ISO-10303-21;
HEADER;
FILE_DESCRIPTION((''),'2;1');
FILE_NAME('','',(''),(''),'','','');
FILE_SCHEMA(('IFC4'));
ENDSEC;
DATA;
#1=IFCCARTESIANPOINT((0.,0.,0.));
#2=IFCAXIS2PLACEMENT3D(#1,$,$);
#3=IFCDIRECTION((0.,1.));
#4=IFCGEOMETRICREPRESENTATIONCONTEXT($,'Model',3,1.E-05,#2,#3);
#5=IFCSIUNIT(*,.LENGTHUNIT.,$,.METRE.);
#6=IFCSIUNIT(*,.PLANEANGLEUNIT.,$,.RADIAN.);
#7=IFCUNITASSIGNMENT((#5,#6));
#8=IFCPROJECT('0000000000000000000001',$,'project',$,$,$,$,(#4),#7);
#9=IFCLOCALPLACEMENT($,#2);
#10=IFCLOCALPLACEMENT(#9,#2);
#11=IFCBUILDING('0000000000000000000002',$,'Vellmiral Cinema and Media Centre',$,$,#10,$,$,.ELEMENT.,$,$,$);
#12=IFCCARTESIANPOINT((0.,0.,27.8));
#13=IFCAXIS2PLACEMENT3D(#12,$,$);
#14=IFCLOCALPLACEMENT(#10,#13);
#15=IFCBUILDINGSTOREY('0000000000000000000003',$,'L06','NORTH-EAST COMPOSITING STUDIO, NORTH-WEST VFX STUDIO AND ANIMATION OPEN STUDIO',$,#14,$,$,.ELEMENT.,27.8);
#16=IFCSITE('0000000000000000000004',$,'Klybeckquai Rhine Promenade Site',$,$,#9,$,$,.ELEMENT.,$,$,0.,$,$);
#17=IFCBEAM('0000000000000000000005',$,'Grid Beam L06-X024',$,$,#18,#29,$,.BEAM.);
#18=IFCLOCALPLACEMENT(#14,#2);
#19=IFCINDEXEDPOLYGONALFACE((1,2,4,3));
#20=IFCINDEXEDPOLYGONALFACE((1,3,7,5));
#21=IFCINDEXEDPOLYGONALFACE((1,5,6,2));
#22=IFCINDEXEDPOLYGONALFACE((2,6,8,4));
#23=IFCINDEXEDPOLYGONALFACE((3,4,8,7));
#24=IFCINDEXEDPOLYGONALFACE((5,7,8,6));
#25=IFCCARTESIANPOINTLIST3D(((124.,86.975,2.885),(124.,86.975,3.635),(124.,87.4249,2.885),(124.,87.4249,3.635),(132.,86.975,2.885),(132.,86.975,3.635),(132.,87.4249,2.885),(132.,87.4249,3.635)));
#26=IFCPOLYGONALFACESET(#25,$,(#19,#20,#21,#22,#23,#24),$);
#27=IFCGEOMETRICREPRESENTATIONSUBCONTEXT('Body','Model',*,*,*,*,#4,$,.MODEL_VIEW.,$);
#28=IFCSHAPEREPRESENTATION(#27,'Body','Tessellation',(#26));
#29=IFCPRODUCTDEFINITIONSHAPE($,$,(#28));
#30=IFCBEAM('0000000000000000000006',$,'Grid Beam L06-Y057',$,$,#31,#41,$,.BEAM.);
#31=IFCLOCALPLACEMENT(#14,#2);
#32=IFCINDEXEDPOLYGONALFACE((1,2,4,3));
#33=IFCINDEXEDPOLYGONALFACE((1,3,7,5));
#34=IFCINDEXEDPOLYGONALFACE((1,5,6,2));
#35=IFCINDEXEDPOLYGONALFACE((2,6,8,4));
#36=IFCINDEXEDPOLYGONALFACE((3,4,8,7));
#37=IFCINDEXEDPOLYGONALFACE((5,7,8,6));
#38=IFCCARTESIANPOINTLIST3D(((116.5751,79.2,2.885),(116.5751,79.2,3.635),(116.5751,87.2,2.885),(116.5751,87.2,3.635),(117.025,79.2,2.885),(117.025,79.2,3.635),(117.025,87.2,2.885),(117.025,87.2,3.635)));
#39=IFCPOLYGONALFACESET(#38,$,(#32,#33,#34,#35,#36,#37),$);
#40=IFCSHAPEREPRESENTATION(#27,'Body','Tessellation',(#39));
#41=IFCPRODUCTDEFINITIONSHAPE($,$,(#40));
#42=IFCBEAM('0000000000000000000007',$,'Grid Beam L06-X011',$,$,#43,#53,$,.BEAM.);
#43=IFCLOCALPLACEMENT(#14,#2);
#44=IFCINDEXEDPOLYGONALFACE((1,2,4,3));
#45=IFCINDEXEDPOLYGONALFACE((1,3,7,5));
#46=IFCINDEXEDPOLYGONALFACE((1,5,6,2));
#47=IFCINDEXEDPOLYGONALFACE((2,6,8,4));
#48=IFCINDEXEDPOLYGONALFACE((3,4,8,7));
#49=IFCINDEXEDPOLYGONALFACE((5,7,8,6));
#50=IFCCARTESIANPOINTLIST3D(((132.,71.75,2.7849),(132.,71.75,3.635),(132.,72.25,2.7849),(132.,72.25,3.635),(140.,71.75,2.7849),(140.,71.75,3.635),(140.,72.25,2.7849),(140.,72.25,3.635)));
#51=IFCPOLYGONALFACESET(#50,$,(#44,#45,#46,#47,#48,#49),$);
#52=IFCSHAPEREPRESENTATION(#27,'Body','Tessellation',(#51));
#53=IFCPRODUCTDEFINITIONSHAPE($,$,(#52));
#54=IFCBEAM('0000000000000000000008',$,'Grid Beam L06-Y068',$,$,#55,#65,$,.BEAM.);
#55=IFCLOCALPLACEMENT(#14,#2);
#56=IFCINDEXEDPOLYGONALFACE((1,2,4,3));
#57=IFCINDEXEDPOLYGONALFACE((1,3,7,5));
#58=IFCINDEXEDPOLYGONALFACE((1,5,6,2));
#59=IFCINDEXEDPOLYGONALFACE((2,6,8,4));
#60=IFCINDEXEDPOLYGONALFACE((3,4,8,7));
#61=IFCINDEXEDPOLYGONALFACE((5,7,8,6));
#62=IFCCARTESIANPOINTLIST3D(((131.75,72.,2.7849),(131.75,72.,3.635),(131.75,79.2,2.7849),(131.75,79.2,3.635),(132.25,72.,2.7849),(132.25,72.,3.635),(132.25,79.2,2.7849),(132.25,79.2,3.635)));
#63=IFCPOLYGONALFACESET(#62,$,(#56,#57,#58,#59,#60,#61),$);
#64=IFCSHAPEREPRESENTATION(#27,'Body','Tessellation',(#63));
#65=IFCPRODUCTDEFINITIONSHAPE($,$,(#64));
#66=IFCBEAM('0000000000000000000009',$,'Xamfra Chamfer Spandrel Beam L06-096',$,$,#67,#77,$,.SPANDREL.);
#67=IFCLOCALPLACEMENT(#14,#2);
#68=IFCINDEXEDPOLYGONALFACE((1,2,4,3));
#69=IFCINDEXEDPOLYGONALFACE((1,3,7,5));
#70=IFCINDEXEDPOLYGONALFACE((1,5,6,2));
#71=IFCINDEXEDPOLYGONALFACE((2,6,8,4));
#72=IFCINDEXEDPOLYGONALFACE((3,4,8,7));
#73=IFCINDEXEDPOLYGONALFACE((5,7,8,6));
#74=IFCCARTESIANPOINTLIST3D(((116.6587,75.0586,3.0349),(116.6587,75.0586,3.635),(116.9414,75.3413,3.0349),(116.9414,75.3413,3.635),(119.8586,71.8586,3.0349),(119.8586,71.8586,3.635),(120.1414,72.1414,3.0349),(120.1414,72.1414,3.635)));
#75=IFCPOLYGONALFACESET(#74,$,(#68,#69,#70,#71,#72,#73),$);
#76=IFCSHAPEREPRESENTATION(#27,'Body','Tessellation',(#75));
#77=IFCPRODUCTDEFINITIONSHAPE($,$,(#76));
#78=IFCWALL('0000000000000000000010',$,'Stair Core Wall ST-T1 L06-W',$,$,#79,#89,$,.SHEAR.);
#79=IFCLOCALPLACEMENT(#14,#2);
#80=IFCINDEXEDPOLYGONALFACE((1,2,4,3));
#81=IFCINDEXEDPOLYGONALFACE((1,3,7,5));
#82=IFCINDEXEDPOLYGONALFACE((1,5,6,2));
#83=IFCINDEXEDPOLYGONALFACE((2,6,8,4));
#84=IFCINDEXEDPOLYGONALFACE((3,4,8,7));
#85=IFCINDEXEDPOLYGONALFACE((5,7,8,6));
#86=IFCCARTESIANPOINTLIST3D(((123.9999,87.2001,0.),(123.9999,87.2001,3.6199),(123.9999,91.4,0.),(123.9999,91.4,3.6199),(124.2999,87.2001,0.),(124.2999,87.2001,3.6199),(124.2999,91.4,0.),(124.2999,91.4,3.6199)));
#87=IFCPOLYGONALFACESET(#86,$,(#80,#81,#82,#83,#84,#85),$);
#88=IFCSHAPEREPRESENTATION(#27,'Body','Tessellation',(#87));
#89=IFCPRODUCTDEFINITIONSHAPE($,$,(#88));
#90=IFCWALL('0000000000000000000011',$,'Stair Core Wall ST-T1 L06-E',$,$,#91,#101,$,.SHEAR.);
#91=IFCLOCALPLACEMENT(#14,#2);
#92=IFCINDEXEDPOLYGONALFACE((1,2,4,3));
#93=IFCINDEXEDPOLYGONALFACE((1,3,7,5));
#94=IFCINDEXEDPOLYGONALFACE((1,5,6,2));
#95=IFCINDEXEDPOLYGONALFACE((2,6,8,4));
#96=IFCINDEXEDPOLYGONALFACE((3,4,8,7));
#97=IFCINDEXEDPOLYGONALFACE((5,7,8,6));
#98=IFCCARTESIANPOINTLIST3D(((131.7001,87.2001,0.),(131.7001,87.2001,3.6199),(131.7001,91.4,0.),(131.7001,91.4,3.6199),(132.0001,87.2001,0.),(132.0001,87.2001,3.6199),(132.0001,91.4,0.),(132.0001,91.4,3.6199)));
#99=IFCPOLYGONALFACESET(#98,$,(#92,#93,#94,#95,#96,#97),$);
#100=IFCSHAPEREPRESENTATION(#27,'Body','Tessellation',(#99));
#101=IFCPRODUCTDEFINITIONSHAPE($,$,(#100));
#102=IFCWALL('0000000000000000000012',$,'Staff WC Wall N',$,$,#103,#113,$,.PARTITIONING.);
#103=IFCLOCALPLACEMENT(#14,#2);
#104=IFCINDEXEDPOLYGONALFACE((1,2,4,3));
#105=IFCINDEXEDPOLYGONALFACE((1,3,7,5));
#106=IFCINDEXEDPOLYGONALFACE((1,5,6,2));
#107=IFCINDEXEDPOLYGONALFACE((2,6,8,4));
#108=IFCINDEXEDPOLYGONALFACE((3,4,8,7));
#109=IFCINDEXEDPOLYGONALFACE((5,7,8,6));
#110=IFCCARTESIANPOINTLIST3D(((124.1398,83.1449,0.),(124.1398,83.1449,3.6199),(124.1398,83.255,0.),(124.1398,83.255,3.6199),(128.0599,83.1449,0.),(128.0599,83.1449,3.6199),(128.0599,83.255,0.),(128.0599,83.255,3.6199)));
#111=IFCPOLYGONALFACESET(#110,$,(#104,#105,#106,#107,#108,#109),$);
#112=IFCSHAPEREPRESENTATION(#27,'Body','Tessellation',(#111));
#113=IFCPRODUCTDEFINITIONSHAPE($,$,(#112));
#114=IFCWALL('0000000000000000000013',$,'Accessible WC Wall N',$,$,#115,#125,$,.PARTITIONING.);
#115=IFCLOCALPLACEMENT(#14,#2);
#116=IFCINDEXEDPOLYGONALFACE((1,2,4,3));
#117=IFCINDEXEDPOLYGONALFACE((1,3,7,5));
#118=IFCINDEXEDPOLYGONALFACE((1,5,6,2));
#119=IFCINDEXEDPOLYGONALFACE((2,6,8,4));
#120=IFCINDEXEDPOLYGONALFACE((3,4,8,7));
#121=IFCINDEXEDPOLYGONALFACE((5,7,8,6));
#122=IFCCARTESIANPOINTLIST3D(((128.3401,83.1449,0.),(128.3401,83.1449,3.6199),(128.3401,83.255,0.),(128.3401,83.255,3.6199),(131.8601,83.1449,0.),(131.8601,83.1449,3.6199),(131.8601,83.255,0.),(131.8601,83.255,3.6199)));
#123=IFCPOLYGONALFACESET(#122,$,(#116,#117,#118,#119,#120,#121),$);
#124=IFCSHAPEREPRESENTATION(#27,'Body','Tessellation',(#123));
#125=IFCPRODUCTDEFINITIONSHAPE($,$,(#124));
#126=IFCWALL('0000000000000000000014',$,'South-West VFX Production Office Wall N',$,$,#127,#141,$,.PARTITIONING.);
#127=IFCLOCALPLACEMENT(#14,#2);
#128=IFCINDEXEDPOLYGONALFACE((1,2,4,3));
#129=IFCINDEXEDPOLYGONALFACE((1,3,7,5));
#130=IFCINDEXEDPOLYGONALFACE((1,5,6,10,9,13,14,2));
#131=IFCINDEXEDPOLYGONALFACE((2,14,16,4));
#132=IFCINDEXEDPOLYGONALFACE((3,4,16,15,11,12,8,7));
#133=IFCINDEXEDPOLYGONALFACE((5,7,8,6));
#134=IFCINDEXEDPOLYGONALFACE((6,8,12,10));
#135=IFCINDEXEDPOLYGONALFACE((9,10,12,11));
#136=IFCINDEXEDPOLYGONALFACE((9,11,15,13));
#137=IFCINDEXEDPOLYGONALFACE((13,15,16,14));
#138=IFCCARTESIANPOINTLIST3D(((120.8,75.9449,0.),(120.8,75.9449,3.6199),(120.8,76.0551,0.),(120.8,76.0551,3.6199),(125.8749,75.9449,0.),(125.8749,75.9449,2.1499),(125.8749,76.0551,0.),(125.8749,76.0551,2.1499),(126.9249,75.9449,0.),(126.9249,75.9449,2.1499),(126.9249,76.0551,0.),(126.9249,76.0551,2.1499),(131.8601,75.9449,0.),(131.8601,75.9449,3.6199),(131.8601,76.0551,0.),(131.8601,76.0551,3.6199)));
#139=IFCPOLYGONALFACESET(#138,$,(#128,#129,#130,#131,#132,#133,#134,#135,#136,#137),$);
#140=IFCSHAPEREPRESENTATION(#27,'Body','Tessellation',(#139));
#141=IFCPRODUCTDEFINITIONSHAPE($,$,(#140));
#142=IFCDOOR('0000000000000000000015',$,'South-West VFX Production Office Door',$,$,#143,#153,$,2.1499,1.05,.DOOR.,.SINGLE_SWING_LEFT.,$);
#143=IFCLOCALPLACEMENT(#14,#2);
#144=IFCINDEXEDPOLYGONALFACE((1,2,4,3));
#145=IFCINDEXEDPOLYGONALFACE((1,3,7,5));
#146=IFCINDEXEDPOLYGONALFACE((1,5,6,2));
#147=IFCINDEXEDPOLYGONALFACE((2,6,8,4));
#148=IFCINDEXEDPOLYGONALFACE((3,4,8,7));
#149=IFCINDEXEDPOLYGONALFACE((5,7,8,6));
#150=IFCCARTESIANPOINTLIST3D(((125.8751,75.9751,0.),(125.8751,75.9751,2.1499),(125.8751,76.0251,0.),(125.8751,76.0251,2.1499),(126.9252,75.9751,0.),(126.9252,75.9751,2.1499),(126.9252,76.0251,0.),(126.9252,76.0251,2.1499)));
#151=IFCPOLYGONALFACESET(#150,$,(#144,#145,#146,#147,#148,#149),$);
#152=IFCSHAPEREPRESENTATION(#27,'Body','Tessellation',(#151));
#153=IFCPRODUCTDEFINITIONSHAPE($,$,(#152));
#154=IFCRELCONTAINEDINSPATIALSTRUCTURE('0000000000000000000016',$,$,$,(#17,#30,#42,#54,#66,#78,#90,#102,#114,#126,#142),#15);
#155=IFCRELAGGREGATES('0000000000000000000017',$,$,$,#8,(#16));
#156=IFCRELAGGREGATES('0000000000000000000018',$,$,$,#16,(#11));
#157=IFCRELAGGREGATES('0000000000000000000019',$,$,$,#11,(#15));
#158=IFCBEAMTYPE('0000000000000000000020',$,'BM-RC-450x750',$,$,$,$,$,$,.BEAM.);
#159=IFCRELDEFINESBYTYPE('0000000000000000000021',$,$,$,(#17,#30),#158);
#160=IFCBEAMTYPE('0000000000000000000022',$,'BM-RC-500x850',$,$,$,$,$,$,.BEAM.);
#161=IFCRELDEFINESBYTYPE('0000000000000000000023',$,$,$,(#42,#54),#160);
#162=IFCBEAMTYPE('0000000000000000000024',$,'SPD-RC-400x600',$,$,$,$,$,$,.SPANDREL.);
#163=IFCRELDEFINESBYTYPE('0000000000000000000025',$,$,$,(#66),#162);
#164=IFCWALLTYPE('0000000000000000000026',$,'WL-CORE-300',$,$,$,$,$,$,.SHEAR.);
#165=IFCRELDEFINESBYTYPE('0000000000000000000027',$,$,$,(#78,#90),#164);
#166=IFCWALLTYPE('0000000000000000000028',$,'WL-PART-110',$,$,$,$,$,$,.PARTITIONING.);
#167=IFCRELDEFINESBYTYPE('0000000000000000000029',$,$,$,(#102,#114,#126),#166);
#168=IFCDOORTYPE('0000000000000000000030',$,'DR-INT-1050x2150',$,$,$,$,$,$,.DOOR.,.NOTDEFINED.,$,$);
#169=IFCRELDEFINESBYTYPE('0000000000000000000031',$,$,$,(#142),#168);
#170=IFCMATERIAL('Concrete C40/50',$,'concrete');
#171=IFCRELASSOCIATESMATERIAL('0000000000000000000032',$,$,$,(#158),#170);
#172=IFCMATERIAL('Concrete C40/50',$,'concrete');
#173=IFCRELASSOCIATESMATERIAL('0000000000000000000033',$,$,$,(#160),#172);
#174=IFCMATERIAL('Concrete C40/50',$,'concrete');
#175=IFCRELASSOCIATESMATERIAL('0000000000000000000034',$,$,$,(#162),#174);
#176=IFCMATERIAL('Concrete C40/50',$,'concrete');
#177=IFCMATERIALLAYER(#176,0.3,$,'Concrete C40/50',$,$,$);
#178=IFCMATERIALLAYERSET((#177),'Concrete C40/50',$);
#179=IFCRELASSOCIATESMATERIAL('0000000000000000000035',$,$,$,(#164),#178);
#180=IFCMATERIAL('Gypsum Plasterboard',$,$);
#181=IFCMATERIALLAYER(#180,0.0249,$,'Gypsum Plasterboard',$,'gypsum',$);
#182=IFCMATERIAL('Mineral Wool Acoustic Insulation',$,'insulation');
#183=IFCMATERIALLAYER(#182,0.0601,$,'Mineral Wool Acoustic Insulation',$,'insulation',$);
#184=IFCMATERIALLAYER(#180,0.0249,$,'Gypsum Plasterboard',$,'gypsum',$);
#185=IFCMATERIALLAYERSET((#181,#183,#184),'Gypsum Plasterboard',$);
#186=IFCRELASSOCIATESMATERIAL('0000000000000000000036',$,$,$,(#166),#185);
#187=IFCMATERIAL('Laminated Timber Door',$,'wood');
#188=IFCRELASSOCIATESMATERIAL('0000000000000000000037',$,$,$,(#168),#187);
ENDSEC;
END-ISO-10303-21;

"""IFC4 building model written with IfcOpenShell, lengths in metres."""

from ifc_helpers import new_model, si_unit, direction, frame, frame_2d, origin, origin_2d, place, context, subcontext, project, spatial, rectangle, extrude, material, layer, layer_set, material_profile, profile_set, type_object, element, fill, save


model = new_model("IFC4")

# Units and contexts
model_context = context("Model", 3, precision=1e-05, world=origin(), true_north=direction((0.0, 1.0)))
body_context = subcontext(model_context, "Body", "Model", "MODEL_VIEW")
ifc_project = project(units=[si_unit("LENGTHUNIT", "METRE"), si_unit("PLANEANGLEUNIT", "RADIAN")], contexts=[model_context])

# Site, building, storey
site_placement = place(None, origin())
site = spatial("IfcSite", under=ifc_project, at=site_placement, Name="Klybeckquai Rhine Promenade Site", CompositionType="ELEMENT", RefElevation=0.0)
building_placement = place(site_placement, origin())
building = spatial("IfcBuilding", under=site, at=building_placement, Name="Vellmiral Cinema and Media Centre", CompositionType="ELEMENT")
storey_placement = place(building_placement, frame((0.0, 0.0, 27.8)))
storey = spatial("IfcBuildingStorey", under=building, at=storey_placement, Name="L06", Description="NORTH-EAST COMPOSITING STUDIO, NORTH-WEST VFX STUDIO AND ANIMATION OPEN STUDIO", CompositionType="ELEMENT", Elevation=27.8)

# Beams
ifc_material_1 = material(Name="Concrete C40/50", Category="concrete")
ifc_material_profile_1 = material_profile(ifc_material_1, rectangle(XDim=0.45, YDim=0.75, at=origin_2d()), Name="RC 450x750")
ifc_profile_set_1 = profile_set([ifc_material_profile_1], Name="Concrete C40/50")
beam_type_1 = type_object("IfcBeamType", Name="BM-RC-450x750", PredefinedType="BEAM", material=ifc_profile_set_1)
for number, where, z_axis, x_axis, name in (
    (1, (124.0, 87.2, 3.26), (1.0, 0.0, 0.0), (0.0, 1.0, 0.0), "Grid Beam L06-X024"),
    (2, (116.8, 79.2, 3.26), (0.0, 1.0, 0.0), (-1.0, 0.0, 0.0), "Grid Beam L06-Y057"),
):
    element("IfcBeam", number, at=place(storey_placement, frame(where, z_axis=z_axis, x_axis=x_axis)), inside=storey, type_object=beam_type_1, Name=name, PredefinedType="BEAM", context=body_context, shape_type="SweptSolid", body=[
        extrude(rectangle(XDim=0.45, YDim=0.75, at=origin_2d()), origin(), (0.0, 0.0, 1.0), 8.0),
    ])
ifc_material_2 = material(Name="Concrete C40/50", Category="concrete")
ifc_material_profile_2 = material_profile(ifc_material_2, rectangle(XDim=0.5, YDim=0.8501, at=origin_2d()), Name="RC 500x850")
ifc_profile_set_2 = profile_set([ifc_material_profile_2], Name="Concrete C40/50")
beam_type_2 = type_object("IfcBeamType", Name="BM-RC-500x850", PredefinedType="BEAM", material=ifc_profile_set_2)
beam_1_placement = place(storey_placement, frame((132.0, 72.0, 3.21), z_axis=(1.0, 0.0, 0.0), x_axis=(0.0, 1.0, 0.0)))
element("IfcBeam", 3, at=beam_1_placement, inside=storey, type_object=beam_type_2, Name="Grid Beam L06-X011", PredefinedType="BEAM", context=body_context, shape_type="SweptSolid", body=[
    extrude(rectangle(XDim=0.5, YDim=0.8501, at=origin_2d()), origin(), (0.0, 0.0, 1.0), 8.0),
])
beam_2_placement = place(storey_placement, frame((132.0, 72.0, 3.21), z_axis=(0.0, 1.0, 0.0), x_axis=(-1.0, 0.0, 0.0)))
element("IfcBeam", 4, at=beam_2_placement, inside=storey, type_object=beam_type_2, Name="Grid Beam L06-Y068", PredefinedType="BEAM", context=body_context, shape_type="SweptSolid", body=[
    extrude(rectangle(XDim=0.5, YDim=0.8501, at=origin_2d()), origin(), (0.0, 0.0, 1.0), 7.2),
])
ifc_material_3 = material(Name="Concrete C40/50", Category="concrete")
ifc_material_profile_3 = material_profile(ifc_material_3, rectangle(XDim=0.3999, YDim=0.6001, at=origin_2d()), Name="RC 400x600")
ifc_profile_set_3 = profile_set([ifc_material_profile_3], Name="Concrete C40/50")
beam_type_3 = type_object("IfcBeamType", Name="SPD-RC-400x600", PredefinedType="SPANDREL", material=ifc_profile_set_3)
beam_3_placement = place(storey_placement, frame((116.8, 75.2, 3.335), z_axis=(0.707107, -0.707107, 0.0), x_axis=(0.707107, 0.707107, 0.0)))
element("IfcBeam", 5, at=beam_3_placement, inside=storey, type_object=beam_type_3, Name="Xamfra Chamfer Spandrel Beam L06-096", PredefinedType="SPANDREL", context=body_context, shape_type="SweptSolid", body=[
    extrude(rectangle(XDim=0.3999, YDim=0.6001, at=origin_2d()), origin(), (0.0, 0.0, 1.0), 4.5254),
])

# Walls
ifc_material_4 = material(Name="Concrete C40/50", Category="concrete")
ifc_layer_1 = layer(ifc_material_4, 0.3, Name="Concrete C40/50")
ifc_layer_set_1 = layer_set([ifc_layer_1], Name="Concrete C40/50")
wall_type_1 = type_object("IfcWallType", Name="WL-CORE-300", PredefinedType="SHEAR", material=ifc_layer_set_1)
for number, where, z_axis, x_axis, name in (
    (6, (124.1499, 87.2, 0.0), (0.0, 0.0, 1.0), (0.0, 1.0, 0.0), "Stair Core Wall ST-T1 L06-W"),
    (7, (131.8501, 87.2, 0.0), (0.0, 0.0, 1.0), (0.0, 1.0, 0.0), "Stair Core Wall ST-T1 L06-E"),
):
    element("IfcWall", number, at=place(storey_placement, frame(where, z_axis=z_axis, x_axis=x_axis)), inside=storey, type_object=wall_type_1, Name=name, PredefinedType="SHEAR", context=body_context, shape_type="SweptSolid", body=[
        extrude(rectangle(XDim=4.2, YDim=0.3, at=frame_2d((2.1001, 0.0))), origin(), (0.0, 0.0, 1.0), 3.6199),
    ])
ifc_material_5 = material(Name="Gypsum Plasterboard")
ifc_layer_2 = layer(ifc_material_5, 0.0249, Name="Gypsum Plasterboard", Category="gypsum")
ifc_material_6 = material(Name="Mineral Wool Acoustic Insulation", Category="insulation")
ifc_layer_3 = layer(ifc_material_6, 0.0601, Name="Mineral Wool Acoustic Insulation", Category="insulation")
ifc_layer_4 = layer(ifc_material_5, 0.0249, Name="Gypsum Plasterboard", Category="gypsum")
ifc_layer_set_2 = layer_set([ifc_layer_2, ifc_layer_3, ifc_layer_4], Name="Gypsum Plasterboard")
wall_type_2 = type_object("IfcWallType", Name="WL-PART-110", PredefinedType="PARTITIONING", material=ifc_layer_set_2)
wall_1_placement = place(storey_placement, frame((124.1399, 83.2, 0.0), z_axis=(0.0, 0.0, 1.0), x_axis=(1.0, 0.0, 0.0)))
element("IfcWall", 8, at=wall_1_placement, inside=storey, type_object=wall_type_2, Name="Staff WC Wall N", PredefinedType="PARTITIONING", context=body_context, shape_type="SweptSolid", body=[
    extrude(rectangle(XDim=3.9202, YDim=0.1101, at=frame_2d((1.96, 0.0))), origin(), (0.0, 0.0, 1.0), 3.6199),
])
wall_2_placement = place(storey_placement, frame((128.3401, 83.2, 0.0), z_axis=(0.0, 0.0, 1.0), x_axis=(1.0, 0.0, 0.0)))
element("IfcWall", 9, at=wall_2_placement, inside=storey, type_object=wall_type_2, Name="Accessible WC Wall N", PredefinedType="PARTITIONING", context=body_context, shape_type="SweptSolid", body=[
    extrude(rectangle(XDim=3.52, YDim=0.1101, at=frame_2d((1.76, 0.0))), origin(), (0.0, 0.0, 1.0), 3.6199),
])

# Wall, opening, door
wall_3_placement = place(storey_placement, frame((120.8, 76.0, 0.0), z_axis=(0.0, 0.0, 1.0), x_axis=(1.0, 0.0, 0.0)))
wall_3 = element("IfcWall", 10, at=wall_3_placement, inside=storey, type_object=wall_type_2, Name="South-West VFX Production Office Wall N", PredefinedType="PARTITIONING", context=body_context, shape_type="SweptSolid", body=[
    extrude(rectangle(XDim=11.0601, YDim=0.1101, at=frame_2d((5.53, 0.0))), origin(), (0.0, 0.0, 1.0), 3.6199),
])
opening_1_placement = place(wall_3_placement, frame((5.075, 0.0, 0.0)))
opening_1 = element("IfcOpeningElement", 11, at=opening_1_placement, cuts=wall_3, PredefinedType="OPENING", context=body_context, shape_type="SweptSolid", body=[
    extrude(rectangle(XDim=1.05, YDim=2.1499, at=frame_2d((0.5249, 1.075))), frame((0.0, 0.0669, 0.0), z_axis=(0.0, -1.0, 0.0), x_axis=(1.0, 0.0, 0.0)), (0.0, 0.0, 1.0), 0.134),
])
ifc_material_7 = material(Name="Laminated Timber Door", Category="wood")
door_type_1 = type_object("IfcDoorType", Name="DR-INT-1050x2150", OperationType="NOTDEFINED", PredefinedType="DOOR", material=ifc_material_7)
door_1_placement = place(opening_1_placement, frame((1.05, 0.0, 0.0), z_axis=(0.0, 0.0, 1.0), x_axis=(-1.0, 0.0, 0.0)))
door_1 = element("IfcDoor", 12, at=door_1_placement, inside=storey, type_object=door_type_1, Name="South-West VFX Production Office Door", OperationType="SINGLE_SWING_LEFT", OverallHeight=2.1499, OverallWidth=1.05, PredefinedType="DOOR", context=body_context, shape_type="SweptSolid", body=[
    extrude(rectangle(XDim=1.05, YDim=2.1499, at=frame_2d((0.5249, 1.075))), frame((0.0, 0.0249, 0.0), z_axis=(0.0, -1.0, 0.0), x_axis=(1.0, 0.0, 0.0)), (0.0, 0.0, 1.0), 0.05),
])
fill(opening_1, door_1)

save(model, "model.ifc")
